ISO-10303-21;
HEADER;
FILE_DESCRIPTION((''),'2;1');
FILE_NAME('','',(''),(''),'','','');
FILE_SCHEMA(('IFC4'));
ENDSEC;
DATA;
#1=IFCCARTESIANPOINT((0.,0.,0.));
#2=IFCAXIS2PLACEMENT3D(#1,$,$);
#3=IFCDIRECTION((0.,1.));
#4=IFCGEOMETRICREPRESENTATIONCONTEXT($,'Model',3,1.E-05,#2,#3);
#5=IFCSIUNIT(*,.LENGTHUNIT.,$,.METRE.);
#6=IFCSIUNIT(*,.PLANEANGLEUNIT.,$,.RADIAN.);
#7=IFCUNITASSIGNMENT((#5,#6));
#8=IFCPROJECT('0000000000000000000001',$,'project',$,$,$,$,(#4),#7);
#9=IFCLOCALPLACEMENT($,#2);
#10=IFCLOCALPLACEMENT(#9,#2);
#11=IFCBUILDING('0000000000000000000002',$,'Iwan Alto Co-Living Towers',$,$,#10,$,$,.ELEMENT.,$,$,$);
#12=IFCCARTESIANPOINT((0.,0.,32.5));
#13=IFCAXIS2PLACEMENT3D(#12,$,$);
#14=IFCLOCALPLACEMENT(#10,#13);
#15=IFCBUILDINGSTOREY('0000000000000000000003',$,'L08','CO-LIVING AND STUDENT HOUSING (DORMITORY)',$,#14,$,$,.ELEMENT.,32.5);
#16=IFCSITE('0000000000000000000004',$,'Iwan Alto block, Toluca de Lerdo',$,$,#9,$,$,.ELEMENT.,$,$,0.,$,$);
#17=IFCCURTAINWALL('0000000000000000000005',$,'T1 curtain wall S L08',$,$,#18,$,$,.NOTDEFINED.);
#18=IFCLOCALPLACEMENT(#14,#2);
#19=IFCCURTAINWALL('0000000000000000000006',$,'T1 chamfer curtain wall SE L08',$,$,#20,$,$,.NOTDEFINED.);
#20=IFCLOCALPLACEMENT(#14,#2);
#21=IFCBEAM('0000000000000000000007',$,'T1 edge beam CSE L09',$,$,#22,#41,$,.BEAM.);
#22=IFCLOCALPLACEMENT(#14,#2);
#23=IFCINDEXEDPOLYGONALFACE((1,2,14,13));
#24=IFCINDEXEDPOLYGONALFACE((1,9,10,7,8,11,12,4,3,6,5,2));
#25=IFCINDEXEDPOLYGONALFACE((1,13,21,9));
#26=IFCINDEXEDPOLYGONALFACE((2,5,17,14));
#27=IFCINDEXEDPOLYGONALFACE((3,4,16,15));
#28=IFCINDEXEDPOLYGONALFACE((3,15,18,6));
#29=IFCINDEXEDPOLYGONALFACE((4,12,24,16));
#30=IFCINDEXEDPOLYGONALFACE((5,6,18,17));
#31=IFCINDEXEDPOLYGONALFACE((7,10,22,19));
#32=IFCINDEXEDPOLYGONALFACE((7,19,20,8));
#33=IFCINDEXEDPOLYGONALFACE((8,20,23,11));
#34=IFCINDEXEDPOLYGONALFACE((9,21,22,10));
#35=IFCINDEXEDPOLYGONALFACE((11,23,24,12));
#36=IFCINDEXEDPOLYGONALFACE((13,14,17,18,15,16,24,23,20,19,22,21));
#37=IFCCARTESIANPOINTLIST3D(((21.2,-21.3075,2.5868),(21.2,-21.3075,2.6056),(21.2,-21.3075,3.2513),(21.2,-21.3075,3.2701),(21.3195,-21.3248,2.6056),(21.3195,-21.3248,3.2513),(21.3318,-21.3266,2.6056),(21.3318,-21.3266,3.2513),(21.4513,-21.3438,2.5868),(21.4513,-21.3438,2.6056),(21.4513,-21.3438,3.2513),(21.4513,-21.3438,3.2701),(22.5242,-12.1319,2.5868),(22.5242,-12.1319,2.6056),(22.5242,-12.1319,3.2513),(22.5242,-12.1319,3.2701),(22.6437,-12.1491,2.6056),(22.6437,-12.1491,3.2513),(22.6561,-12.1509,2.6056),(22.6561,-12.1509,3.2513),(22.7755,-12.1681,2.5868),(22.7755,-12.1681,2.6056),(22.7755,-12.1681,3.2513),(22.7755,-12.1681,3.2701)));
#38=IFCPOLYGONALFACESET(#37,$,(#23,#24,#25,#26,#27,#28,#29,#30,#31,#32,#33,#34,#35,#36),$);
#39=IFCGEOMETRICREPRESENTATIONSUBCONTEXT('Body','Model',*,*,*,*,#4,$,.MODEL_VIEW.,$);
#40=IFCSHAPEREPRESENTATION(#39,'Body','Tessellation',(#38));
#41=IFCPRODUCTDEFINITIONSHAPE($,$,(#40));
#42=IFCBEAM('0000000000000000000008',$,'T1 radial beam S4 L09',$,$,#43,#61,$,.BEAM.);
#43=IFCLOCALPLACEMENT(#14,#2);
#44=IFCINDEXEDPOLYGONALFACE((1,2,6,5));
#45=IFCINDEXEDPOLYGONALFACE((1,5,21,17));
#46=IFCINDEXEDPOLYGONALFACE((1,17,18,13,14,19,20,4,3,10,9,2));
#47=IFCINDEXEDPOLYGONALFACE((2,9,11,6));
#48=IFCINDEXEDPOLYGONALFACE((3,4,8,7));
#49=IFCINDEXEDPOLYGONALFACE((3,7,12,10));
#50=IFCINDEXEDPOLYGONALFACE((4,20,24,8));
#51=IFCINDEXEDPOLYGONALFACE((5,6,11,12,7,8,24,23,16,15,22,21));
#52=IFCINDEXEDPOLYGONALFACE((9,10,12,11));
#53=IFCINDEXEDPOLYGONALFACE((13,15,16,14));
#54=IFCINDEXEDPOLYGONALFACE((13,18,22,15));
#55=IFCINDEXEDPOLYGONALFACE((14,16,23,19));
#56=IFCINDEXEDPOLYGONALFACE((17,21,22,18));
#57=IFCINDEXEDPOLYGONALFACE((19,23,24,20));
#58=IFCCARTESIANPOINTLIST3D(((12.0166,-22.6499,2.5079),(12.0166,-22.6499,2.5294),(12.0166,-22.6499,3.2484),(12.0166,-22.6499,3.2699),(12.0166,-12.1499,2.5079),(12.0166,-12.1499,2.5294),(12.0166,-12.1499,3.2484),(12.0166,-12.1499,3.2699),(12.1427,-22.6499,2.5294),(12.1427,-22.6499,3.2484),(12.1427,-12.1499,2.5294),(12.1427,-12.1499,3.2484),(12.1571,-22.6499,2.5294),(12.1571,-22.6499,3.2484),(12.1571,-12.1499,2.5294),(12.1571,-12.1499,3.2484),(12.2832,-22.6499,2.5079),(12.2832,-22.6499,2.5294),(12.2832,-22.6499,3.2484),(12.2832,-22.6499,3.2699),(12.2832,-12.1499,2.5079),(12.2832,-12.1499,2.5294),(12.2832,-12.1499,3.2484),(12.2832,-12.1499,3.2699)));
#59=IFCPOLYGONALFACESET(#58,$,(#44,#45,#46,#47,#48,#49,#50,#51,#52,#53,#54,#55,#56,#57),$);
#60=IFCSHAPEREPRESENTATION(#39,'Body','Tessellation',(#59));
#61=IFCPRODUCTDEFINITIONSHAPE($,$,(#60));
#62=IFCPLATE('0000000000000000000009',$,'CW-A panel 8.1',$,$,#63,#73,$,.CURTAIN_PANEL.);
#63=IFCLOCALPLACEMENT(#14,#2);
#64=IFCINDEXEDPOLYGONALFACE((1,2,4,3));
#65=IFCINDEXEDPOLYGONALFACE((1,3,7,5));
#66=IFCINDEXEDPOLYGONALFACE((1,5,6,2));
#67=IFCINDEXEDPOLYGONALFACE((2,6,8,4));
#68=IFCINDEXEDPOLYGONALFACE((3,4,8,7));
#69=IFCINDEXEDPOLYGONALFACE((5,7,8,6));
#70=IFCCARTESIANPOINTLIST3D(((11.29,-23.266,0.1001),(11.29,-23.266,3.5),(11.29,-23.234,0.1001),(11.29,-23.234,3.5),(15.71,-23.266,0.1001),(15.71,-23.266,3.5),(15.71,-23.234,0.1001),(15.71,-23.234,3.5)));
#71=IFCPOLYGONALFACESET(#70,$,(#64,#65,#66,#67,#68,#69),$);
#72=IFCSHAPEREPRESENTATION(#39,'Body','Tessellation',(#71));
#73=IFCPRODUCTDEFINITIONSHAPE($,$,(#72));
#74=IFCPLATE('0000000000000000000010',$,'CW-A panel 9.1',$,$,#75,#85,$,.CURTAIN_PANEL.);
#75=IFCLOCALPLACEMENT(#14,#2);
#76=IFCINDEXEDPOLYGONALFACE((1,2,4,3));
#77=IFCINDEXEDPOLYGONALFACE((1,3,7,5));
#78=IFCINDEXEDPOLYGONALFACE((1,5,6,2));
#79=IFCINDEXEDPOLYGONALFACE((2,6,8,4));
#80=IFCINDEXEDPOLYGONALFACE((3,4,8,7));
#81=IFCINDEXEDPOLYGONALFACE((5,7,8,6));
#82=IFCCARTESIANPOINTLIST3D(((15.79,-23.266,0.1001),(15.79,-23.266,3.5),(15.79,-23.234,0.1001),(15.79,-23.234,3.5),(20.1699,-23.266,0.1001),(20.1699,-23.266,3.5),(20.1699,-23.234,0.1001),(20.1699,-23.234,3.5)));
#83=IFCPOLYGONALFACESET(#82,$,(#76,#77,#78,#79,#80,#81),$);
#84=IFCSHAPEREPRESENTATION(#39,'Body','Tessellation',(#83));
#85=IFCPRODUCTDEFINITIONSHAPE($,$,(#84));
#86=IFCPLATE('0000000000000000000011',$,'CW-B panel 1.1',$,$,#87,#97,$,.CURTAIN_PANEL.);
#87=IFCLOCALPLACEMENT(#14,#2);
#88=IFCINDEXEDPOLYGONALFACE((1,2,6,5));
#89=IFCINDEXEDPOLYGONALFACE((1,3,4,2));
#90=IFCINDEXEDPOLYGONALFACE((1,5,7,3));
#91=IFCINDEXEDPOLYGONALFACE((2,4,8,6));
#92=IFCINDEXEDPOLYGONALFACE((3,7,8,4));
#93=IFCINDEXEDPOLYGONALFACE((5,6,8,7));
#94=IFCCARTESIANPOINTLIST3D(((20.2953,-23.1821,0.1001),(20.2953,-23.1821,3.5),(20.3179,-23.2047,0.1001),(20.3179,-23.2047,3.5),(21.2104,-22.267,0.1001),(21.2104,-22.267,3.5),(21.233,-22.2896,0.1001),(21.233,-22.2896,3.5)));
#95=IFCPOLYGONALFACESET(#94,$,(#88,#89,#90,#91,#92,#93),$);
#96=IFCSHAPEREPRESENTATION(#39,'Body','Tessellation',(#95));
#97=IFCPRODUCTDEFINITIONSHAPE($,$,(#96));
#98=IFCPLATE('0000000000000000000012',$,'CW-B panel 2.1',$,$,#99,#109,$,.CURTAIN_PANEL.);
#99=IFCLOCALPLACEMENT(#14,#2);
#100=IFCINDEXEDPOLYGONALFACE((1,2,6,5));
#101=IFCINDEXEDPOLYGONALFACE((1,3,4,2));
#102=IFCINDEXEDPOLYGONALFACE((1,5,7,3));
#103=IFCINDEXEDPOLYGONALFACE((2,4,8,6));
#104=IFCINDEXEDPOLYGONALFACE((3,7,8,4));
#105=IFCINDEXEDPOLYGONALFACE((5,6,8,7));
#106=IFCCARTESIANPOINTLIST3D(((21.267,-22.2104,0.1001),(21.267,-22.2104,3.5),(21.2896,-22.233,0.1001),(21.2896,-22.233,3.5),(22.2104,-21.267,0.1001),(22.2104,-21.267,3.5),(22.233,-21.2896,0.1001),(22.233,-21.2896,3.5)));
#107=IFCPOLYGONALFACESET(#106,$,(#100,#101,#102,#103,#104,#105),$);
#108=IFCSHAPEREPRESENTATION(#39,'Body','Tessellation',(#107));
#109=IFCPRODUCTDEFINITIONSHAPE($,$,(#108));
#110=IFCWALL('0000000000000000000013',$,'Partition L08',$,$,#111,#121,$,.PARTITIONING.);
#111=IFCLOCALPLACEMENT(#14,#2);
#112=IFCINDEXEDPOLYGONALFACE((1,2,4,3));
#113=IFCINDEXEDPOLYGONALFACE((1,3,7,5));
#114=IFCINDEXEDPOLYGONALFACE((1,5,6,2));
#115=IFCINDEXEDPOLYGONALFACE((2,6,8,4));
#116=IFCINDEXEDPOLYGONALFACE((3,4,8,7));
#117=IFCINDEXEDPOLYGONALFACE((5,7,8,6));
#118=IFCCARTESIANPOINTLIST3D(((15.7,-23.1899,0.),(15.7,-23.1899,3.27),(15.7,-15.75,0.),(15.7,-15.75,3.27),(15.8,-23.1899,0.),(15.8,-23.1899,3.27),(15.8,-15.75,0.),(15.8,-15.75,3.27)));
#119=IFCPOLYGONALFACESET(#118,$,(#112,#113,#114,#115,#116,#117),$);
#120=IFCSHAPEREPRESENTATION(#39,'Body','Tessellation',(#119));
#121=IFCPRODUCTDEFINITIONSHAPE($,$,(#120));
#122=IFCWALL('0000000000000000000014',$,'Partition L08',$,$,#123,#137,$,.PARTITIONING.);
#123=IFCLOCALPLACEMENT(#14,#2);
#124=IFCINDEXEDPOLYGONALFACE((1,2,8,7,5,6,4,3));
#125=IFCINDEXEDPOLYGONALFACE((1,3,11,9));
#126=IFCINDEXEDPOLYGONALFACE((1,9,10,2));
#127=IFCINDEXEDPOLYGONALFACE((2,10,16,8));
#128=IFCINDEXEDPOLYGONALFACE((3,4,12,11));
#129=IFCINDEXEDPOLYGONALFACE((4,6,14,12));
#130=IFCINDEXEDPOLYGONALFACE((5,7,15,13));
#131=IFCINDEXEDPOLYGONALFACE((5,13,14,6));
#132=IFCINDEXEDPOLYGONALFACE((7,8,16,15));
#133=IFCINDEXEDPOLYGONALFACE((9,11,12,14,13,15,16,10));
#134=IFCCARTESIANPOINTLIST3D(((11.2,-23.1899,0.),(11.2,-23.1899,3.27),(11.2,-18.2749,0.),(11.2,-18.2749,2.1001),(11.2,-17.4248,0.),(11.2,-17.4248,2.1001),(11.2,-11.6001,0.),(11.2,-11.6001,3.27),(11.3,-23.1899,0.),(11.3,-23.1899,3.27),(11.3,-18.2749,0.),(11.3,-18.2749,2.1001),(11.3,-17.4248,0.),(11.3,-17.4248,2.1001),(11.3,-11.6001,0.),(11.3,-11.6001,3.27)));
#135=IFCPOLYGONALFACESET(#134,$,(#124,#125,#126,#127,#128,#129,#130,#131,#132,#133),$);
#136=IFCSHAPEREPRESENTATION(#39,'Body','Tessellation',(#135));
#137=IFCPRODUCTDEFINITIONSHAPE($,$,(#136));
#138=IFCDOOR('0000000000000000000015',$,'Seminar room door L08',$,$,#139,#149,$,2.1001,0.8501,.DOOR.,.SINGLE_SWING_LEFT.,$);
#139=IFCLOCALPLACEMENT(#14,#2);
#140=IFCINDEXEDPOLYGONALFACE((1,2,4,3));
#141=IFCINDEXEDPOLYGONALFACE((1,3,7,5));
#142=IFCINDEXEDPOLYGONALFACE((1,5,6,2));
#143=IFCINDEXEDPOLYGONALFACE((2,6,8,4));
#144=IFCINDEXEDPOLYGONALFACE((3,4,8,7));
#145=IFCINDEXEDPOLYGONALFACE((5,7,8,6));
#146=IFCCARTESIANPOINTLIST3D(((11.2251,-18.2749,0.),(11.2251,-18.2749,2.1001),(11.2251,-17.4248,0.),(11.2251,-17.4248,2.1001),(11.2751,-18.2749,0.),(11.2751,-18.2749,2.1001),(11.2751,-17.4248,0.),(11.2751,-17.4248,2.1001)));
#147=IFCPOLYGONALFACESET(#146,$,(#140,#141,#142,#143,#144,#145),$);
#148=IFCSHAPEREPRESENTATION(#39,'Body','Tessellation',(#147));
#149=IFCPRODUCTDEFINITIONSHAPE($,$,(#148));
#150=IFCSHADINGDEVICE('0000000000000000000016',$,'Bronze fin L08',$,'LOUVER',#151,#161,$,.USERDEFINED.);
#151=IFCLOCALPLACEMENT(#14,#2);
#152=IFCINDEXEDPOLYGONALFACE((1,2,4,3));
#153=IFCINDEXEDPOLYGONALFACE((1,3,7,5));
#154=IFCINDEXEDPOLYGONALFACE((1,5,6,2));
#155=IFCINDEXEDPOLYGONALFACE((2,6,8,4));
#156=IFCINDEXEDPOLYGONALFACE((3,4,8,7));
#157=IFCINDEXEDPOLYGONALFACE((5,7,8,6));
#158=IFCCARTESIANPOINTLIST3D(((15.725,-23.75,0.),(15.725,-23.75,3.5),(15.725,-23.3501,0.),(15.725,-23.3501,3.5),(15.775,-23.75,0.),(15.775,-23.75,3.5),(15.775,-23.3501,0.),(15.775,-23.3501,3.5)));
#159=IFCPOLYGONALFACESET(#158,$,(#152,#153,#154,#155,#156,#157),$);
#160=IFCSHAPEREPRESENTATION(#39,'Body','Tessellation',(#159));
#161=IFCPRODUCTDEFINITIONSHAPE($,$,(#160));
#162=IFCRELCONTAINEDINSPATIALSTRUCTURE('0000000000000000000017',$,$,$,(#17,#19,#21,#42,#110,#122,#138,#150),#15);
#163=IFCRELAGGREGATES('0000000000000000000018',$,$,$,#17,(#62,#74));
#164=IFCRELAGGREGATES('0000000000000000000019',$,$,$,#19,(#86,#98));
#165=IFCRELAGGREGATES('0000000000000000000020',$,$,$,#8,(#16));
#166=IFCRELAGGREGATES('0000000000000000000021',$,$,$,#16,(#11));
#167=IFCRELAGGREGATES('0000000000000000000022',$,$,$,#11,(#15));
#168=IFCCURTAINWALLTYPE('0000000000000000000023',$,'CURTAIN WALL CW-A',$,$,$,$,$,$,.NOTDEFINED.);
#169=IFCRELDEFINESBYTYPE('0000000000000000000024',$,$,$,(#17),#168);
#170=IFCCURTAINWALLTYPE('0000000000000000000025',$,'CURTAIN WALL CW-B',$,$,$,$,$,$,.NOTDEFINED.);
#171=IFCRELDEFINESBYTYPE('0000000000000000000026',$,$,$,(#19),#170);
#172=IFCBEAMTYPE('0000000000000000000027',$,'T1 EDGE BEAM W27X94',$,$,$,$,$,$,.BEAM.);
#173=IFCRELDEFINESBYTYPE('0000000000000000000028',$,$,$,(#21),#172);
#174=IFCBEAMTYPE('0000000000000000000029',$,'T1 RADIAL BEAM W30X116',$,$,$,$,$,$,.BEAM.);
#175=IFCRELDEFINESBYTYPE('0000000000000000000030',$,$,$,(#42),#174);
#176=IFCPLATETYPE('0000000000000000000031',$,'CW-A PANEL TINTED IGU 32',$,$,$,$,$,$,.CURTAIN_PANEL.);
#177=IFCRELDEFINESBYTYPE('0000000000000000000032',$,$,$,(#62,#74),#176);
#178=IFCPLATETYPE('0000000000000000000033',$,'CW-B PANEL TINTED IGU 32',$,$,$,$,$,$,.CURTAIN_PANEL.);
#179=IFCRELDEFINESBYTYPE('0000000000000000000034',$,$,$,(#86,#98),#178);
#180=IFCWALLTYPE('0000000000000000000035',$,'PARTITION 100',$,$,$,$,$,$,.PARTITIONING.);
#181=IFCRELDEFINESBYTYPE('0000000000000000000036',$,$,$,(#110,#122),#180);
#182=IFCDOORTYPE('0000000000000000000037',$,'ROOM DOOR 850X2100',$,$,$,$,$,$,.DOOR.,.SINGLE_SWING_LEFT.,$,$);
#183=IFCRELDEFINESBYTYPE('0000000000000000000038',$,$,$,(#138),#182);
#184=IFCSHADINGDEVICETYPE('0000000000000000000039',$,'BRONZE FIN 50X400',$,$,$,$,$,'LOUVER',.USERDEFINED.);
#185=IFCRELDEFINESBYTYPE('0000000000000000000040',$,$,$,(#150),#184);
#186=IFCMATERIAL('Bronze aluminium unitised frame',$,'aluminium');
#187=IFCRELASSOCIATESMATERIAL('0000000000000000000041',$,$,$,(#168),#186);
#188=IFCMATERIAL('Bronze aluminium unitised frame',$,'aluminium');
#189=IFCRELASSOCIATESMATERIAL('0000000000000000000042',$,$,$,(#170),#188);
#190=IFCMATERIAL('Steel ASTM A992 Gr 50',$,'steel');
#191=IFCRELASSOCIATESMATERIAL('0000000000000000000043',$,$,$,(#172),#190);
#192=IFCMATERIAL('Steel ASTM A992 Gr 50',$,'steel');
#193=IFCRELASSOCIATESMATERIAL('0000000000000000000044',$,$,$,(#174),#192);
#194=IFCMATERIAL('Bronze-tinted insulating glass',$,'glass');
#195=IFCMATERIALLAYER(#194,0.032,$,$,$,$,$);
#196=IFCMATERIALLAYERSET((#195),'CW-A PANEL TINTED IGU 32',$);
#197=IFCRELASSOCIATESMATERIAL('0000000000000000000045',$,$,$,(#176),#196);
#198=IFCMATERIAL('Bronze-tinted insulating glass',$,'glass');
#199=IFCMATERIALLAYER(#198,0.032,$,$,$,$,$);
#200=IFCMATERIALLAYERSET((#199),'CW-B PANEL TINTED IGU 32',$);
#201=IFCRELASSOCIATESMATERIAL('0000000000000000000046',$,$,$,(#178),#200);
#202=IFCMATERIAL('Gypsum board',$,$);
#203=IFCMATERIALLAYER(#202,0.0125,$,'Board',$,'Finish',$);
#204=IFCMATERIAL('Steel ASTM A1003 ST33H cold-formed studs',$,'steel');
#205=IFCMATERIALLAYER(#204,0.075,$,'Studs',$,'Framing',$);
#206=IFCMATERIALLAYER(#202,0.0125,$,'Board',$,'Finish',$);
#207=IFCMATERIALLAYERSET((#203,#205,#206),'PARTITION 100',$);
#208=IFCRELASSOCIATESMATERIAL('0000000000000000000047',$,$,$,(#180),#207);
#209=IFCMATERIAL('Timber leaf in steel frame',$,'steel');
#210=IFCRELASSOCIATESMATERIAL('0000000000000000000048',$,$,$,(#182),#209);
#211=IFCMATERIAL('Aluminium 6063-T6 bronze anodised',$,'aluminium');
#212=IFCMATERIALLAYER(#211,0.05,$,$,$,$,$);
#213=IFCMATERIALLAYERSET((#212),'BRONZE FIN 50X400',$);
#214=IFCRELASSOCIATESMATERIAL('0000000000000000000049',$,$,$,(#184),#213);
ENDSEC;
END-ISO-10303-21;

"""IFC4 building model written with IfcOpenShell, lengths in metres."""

from ifc_helpers import new_model, si_unit, direction, frame, frame_2d, origin, origin_2d, place, context, subcontext, project, spatial, rectangle, i_section, extrude, material, layer, layer_set, material_profile, profile_set, type_object, element, fill, aggregate, save


model = new_model("IFC4")

# Units and contexts
model_context = context("Model", 3, precision=1e-05, world=origin(), true_north=direction((0.0, 1.0)))
body_context = subcontext(model_context, "Body", "Model", "MODEL_VIEW")
ifc_project = project(units=[si_unit("LENGTHUNIT", "METRE"), si_unit("PLANEANGLEUNIT", "RADIAN")], contexts=[model_context])

# Site, building, storey
site_placement = place(None, origin())
site = spatial("IfcSite", under=ifc_project, at=site_placement, Name="Iwan Alto block, Toluca de Lerdo", CompositionType="ELEMENT", RefElevation=0.0)
building_placement = place(site_placement, origin())
building = spatial("IfcBuilding", under=site, at=building_placement, Name="Iwan Alto Co-Living Towers", CompositionType="ELEMENT")
storey_placement = place(building_placement, frame((0.0, 0.0, 32.5)))
storey = spatial("IfcBuildingStorey", under=building, at=storey_placement, Name="L08", Description="CO-LIVING AND STUDENT HOUSING (DORMITORY)", CompositionType="ELEMENT", Elevation=32.5)

# Curtain walls
ifc_material_1 = material(Name="Bronze aluminium unitised frame", Category="aluminium")
curtain_wall_type_1 = type_object("IfcCurtainWallType", Name="CURTAIN WALL CW-A", PredefinedType="NOTDEFINED", material=ifc_material_1)
curtain_wall_1_placement = place(storey_placement, origin())
curtain_wall_1 = element("IfcCurtainWall", 1, at=curtain_wall_1_placement, inside=storey, type_object=curtain_wall_type_1, Name="T1 curtain wall S L08", PredefinedType="NOTDEFINED")
ifc_material_2 = material(Name="Bronze aluminium unitised frame", Category="aluminium")
curtain_wall_type_2 = type_object("IfcCurtainWallType", Name="CURTAIN WALL CW-B", PredefinedType="NOTDEFINED", material=ifc_material_2)
curtain_wall_2_placement = place(storey_placement, origin())
curtain_wall_2 = element("IfcCurtainWall", 2, at=curtain_wall_2_placement, inside=storey, type_object=curtain_wall_type_2, Name="T1 chamfer curtain wall SE L08", PredefinedType="NOTDEFINED")

# Beams
ifc_material_3 = material(Name="Steel ASTM A992 Gr 50", Category="steel")
ifc_material_profile_1 = material_profile(ifc_material_3, i_section(OverallWidth=0.2539, OverallDepth=0.6833, WebThickness=0.0125, FlangeThickness=0.0188, at=origin_2d()), Name="W27X94")
ifc_profile_set_1 = profile_set([ifc_material_profile_1], Name="Steel ASTM A992 Gr 50")
beam_type_1 = type_object("IfcBeamType", Name="T1 EDGE BEAM W27X94", PredefinedType="BEAM", material=ifc_profile_set_1)
for number, where, z_axis, x_axis, name in (
    (3, (21.3257, -21.3257, 2.9285), (0.142837, 0.989746, 0.0), (-0.989746, 0.142837, 0.0), "T1 edge beam CSE L09"),
):
    element("IfcBeam", number, at=place(storey_placement, frame(where, z_axis=z_axis, x_axis=x_axis)), inside=storey, type_object=beam_type_1, Name=name, PredefinedType="BEAM", context=body_context, shape_type="SweptSolid", body=[
        extrude(i_section(OverallWidth=0.2539, OverallDepth=0.6833, WebThickness=0.0125, FlangeThickness=0.0188, at=origin_2d()), origin(), (0.0, 0.0, 1.0), 9.2708),
    ])
ifc_material_4 = material(Name="Steel ASTM A992 Gr 50", Category="steel")
ifc_material_profile_2 = material_profile(ifc_material_4, i_section(OverallWidth=0.2666, OverallDepth=0.762, WebThickness=0.0144, FlangeThickness=0.0215, at=origin_2d()), Name="W30X116")
ifc_profile_set_2 = profile_set([ifc_material_profile_2], Name="Steel ASTM A992 Gr 50")
beam_type_2 = type_object("IfcBeamType", Name="T1 RADIAL BEAM W30X116", PredefinedType="BEAM", material=ifc_profile_set_2)
beam_placement = place(storey_placement, frame((12.1499, -22.6499, 2.8889), z_axis=(0.0, 1.0, 0.0), x_axis=(-1.0, 0.0, 0.0)))
element("IfcBeam", 4, at=beam_placement, inside=storey, type_object=beam_type_2, Name="T1 radial beam S4 L09", PredefinedType="BEAM", context=body_context, shape_type="SweptSolid", body=[
    extrude(i_section(OverallWidth=0.2666, OverallDepth=0.762, WebThickness=0.0144, FlangeThickness=0.0215, at=origin_2d()), origin(), (0.0, 0.0, 1.0), 10.5),
])

# Plates
ifc_material_5 = material(Name="Bronze-tinted insulating glass", Category="glass")
ifc_layer_1 = layer(ifc_material_5, 0.032)
ifc_layer_set_1 = layer_set([ifc_layer_1], Name="CW-A PANEL TINTED IGU 32")
plate_type_1 = type_object("IfcPlateType", Name="CW-A PANEL TINTED IGU 32", PredefinedType="CURTAIN_PANEL", material=ifc_layer_set_1)
plate_1_placement = place(storey_placement, frame((13.5, -23.25, 0.1001), z_axis=(0.0, 0.0, 1.0), x_axis=(1.0, 0.0, 0.0)))
plate_1 = element("IfcPlate", 5, at=plate_1_placement, type_object=plate_type_1, Name="CW-A panel 8.1", PredefinedType="CURTAIN_PANEL", context=body_context, shape_type="SweptSolid", body=[
    extrude(rectangle(XDim=4.4199, YDim=0.032, at=origin_2d()), origin(), (0.0, 0.0, 1.0), 3.3999),
])
plate_2_placement = place(storey_placement, frame((17.98, -23.25, 0.1001), z_axis=(0.0, 0.0, 1.0), x_axis=(1.0, 0.0, 0.0)))
plate_2 = element("IfcPlate", 6, at=plate_2_placement, type_object=plate_type_1, Name="CW-A panel 9.1", PredefinedType="CURTAIN_PANEL", context=body_context, shape_type="SweptSolid", body=[
    extrude(rectangle(XDim=4.3799, YDim=0.032, at=origin_2d()), origin(), (0.0, 0.0, 1.0), 3.3999),
])
aggregate(curtain_wall_1, [plate_1, plate_2])
ifc_material_6 = material(Name="Bronze-tinted insulating glass", Category="glass")
ifc_layer_2 = layer(ifc_material_6, 0.032)
ifc_layer_set_2 = layer_set([ifc_layer_2], Name="CW-B PANEL TINTED IGU 32")
plate_type_2 = type_object("IfcPlateType", Name="CW-B PANEL TINTED IGU 32", PredefinedType="CURTAIN_PANEL", material=ifc_layer_set_2)
plate_3_placement = place(storey_placement, frame((20.7642, -22.7358, 0.1001), z_axis=(0.0, 0.0, 1.0), x_axis=(0.707107, 0.707107, 0.0)))
plate_3 = element("IfcPlate", 7, at=plate_3_placement, type_object=plate_type_2, Name="CW-B panel 1.1", PredefinedType="CURTAIN_PANEL", context=body_context, shape_type="SweptSolid", body=[
    extrude(rectangle(XDim=1.2942, YDim=0.032, at=origin_2d()), origin(), (0.0, 0.0, 1.0), 3.3999),
])
plate_4_placement = place(storey_placement, frame((21.75, -21.75, 0.1001), z_axis=(0.0, 0.0, 1.0), x_axis=(0.707107, 0.707107, 0.0)))
plate_4 = element("IfcPlate", 8, at=plate_4_placement, type_object=plate_type_2, Name="CW-B panel 2.1", PredefinedType="CURTAIN_PANEL", context=body_context, shape_type="SweptSolid", body=[
    extrude(rectangle(XDim=1.3342, YDim=0.032, at=origin_2d()), origin(), (0.0, 0.0, 1.0), 3.3999),
])
aggregate(curtain_wall_2, [plate_3, plate_4])

# Wall
ifc_material_7 = material(Name="Gypsum board")
ifc_layer_3 = layer(ifc_material_7, 0.0125, Name="Board", Category="Finish")
ifc_material_8 = material(Name="Steel ASTM A1003 ST33H cold-formed studs", Category="steel")
ifc_layer_4 = layer(ifc_material_8, 0.075, Name="Studs", Category="Framing")
ifc_layer_5 = layer(ifc_material_7, 0.0125, Name="Board", Category="Finish")
ifc_layer_set_3 = layer_set([ifc_layer_3, ifc_layer_4, ifc_layer_5], Name="PARTITION 100")
wall_type = type_object("IfcWallType", Name="PARTITION 100", PredefinedType="PARTITIONING", material=ifc_layer_set_3)
wall_1_placement = place(storey_placement, frame((15.75, -23.1899, 0.0), z_axis=(0.0, 0.0, 1.0), x_axis=(0.0, 1.0, 0.0)))
element("IfcWall", 9, at=wall_1_placement, inside=storey, type_object=wall_type, Name="Partition L08", PredefinedType="PARTITIONING", context=body_context, shape_type="SweptSolid", body=[
    extrude(rectangle(XDim=7.4399, YDim=0.1001, at=frame_2d((3.72, 0.0))), origin(), (0.0, 0.0, 1.0), 3.27),
])

# Wall, opening, door
wall_2_placement = place(storey_placement, frame((11.25, -23.1899, 0.0), z_axis=(0.0, 0.0, 1.0), x_axis=(0.0, 1.0, 0.0)))
wall_2 = element("IfcWall", 10, at=wall_2_placement, inside=storey, type_object=wall_type, Name="Partition L08", PredefinedType="PARTITIONING", context=body_context, shape_type="SweptSolid", body=[
    extrude(rectangle(XDim=11.5898, YDim=0.1001, at=frame_2d((5.7949, 0.0))), origin(), (0.0, 0.0, 1.0), 3.27),
])
opening_placement = place(wall_2_placement, frame((4.915, 0.0, 0.0)))
opening = element("IfcOpeningElement", 11, at=opening_placement, cuts=wall_2, PredefinedType="OPENING", context=body_context, shape_type="SweptSolid", body=[
    extrude(rectangle(XDim=0.8501, YDim=2.1001, at=frame_2d((0.425, 1.05))), frame((0.0, 0.0601, 0.0), z_axis=(0.0, -1.0, 0.0), x_axis=(1.0, 0.0, 0.0)), (0.0, 0.0, 1.0), 0.1201),
])
ifc_material_9 = material(Name="Timber leaf in steel frame", Category="steel")
door_type = type_object("IfcDoorType", Name="ROOM DOOR 850X2100", OperationType="SINGLE_SWING_LEFT", PredefinedType="DOOR", material=ifc_material_9)
door_placement = place(opening_placement, origin())
door = element("IfcDoor", 12, at=door_placement, inside=storey, type_object=door_type, Name="Seminar room door L08", OperationType="SINGLE_SWING_LEFT", OverallHeight=2.1001, OverallWidth=0.8501, PredefinedType="DOOR", context=body_context, shape_type="SweptSolid", body=[
    extrude(rectangle(XDim=0.8501, YDim=2.1001, at=frame_2d((0.425, 1.05))), frame((0.0, 0.0249, 0.0), z_axis=(0.0, -1.0, 0.0), x_axis=(1.0, 0.0, 0.0)), (0.0, 0.0, 1.0), 0.05),
])
fill(opening, door)

# Shading device
ifc_material_10 = material(Name="Aluminium 6063-T6 bronze anodised", Category="aluminium")
ifc_layer_6 = layer(ifc_material_10, 0.05)
ifc_layer_set_4 = layer_set([ifc_layer_6], Name="BRONZE FIN 50X400")
shading_device_type = type_object("IfcShadingDeviceType", Name="BRONZE FIN 50X400", ElementType="LOUVER", PredefinedType="USERDEFINED", material=ifc_layer_set_4)
shading_device_placement = place(storey_placement, frame((15.75, -23.55, 0.0), z_axis=(0.0, 0.0, 1.0), x_axis=(1.0, 0.0, 0.0)))
element("IfcShadingDevice", 13, at=shading_device_placement, inside=storey, type_object=shading_device_type, Name="Bronze fin L08", ObjectType="LOUVER", PredefinedType="USERDEFINED", context=body_context, shape_type="SweptSolid", body=[
    extrude(rectangle(XDim=0.05, YDim=0.3999, at=origin_2d()), origin(), (0.0, 0.0, 1.0), 3.5),
])

save(model, "model.ifc")
